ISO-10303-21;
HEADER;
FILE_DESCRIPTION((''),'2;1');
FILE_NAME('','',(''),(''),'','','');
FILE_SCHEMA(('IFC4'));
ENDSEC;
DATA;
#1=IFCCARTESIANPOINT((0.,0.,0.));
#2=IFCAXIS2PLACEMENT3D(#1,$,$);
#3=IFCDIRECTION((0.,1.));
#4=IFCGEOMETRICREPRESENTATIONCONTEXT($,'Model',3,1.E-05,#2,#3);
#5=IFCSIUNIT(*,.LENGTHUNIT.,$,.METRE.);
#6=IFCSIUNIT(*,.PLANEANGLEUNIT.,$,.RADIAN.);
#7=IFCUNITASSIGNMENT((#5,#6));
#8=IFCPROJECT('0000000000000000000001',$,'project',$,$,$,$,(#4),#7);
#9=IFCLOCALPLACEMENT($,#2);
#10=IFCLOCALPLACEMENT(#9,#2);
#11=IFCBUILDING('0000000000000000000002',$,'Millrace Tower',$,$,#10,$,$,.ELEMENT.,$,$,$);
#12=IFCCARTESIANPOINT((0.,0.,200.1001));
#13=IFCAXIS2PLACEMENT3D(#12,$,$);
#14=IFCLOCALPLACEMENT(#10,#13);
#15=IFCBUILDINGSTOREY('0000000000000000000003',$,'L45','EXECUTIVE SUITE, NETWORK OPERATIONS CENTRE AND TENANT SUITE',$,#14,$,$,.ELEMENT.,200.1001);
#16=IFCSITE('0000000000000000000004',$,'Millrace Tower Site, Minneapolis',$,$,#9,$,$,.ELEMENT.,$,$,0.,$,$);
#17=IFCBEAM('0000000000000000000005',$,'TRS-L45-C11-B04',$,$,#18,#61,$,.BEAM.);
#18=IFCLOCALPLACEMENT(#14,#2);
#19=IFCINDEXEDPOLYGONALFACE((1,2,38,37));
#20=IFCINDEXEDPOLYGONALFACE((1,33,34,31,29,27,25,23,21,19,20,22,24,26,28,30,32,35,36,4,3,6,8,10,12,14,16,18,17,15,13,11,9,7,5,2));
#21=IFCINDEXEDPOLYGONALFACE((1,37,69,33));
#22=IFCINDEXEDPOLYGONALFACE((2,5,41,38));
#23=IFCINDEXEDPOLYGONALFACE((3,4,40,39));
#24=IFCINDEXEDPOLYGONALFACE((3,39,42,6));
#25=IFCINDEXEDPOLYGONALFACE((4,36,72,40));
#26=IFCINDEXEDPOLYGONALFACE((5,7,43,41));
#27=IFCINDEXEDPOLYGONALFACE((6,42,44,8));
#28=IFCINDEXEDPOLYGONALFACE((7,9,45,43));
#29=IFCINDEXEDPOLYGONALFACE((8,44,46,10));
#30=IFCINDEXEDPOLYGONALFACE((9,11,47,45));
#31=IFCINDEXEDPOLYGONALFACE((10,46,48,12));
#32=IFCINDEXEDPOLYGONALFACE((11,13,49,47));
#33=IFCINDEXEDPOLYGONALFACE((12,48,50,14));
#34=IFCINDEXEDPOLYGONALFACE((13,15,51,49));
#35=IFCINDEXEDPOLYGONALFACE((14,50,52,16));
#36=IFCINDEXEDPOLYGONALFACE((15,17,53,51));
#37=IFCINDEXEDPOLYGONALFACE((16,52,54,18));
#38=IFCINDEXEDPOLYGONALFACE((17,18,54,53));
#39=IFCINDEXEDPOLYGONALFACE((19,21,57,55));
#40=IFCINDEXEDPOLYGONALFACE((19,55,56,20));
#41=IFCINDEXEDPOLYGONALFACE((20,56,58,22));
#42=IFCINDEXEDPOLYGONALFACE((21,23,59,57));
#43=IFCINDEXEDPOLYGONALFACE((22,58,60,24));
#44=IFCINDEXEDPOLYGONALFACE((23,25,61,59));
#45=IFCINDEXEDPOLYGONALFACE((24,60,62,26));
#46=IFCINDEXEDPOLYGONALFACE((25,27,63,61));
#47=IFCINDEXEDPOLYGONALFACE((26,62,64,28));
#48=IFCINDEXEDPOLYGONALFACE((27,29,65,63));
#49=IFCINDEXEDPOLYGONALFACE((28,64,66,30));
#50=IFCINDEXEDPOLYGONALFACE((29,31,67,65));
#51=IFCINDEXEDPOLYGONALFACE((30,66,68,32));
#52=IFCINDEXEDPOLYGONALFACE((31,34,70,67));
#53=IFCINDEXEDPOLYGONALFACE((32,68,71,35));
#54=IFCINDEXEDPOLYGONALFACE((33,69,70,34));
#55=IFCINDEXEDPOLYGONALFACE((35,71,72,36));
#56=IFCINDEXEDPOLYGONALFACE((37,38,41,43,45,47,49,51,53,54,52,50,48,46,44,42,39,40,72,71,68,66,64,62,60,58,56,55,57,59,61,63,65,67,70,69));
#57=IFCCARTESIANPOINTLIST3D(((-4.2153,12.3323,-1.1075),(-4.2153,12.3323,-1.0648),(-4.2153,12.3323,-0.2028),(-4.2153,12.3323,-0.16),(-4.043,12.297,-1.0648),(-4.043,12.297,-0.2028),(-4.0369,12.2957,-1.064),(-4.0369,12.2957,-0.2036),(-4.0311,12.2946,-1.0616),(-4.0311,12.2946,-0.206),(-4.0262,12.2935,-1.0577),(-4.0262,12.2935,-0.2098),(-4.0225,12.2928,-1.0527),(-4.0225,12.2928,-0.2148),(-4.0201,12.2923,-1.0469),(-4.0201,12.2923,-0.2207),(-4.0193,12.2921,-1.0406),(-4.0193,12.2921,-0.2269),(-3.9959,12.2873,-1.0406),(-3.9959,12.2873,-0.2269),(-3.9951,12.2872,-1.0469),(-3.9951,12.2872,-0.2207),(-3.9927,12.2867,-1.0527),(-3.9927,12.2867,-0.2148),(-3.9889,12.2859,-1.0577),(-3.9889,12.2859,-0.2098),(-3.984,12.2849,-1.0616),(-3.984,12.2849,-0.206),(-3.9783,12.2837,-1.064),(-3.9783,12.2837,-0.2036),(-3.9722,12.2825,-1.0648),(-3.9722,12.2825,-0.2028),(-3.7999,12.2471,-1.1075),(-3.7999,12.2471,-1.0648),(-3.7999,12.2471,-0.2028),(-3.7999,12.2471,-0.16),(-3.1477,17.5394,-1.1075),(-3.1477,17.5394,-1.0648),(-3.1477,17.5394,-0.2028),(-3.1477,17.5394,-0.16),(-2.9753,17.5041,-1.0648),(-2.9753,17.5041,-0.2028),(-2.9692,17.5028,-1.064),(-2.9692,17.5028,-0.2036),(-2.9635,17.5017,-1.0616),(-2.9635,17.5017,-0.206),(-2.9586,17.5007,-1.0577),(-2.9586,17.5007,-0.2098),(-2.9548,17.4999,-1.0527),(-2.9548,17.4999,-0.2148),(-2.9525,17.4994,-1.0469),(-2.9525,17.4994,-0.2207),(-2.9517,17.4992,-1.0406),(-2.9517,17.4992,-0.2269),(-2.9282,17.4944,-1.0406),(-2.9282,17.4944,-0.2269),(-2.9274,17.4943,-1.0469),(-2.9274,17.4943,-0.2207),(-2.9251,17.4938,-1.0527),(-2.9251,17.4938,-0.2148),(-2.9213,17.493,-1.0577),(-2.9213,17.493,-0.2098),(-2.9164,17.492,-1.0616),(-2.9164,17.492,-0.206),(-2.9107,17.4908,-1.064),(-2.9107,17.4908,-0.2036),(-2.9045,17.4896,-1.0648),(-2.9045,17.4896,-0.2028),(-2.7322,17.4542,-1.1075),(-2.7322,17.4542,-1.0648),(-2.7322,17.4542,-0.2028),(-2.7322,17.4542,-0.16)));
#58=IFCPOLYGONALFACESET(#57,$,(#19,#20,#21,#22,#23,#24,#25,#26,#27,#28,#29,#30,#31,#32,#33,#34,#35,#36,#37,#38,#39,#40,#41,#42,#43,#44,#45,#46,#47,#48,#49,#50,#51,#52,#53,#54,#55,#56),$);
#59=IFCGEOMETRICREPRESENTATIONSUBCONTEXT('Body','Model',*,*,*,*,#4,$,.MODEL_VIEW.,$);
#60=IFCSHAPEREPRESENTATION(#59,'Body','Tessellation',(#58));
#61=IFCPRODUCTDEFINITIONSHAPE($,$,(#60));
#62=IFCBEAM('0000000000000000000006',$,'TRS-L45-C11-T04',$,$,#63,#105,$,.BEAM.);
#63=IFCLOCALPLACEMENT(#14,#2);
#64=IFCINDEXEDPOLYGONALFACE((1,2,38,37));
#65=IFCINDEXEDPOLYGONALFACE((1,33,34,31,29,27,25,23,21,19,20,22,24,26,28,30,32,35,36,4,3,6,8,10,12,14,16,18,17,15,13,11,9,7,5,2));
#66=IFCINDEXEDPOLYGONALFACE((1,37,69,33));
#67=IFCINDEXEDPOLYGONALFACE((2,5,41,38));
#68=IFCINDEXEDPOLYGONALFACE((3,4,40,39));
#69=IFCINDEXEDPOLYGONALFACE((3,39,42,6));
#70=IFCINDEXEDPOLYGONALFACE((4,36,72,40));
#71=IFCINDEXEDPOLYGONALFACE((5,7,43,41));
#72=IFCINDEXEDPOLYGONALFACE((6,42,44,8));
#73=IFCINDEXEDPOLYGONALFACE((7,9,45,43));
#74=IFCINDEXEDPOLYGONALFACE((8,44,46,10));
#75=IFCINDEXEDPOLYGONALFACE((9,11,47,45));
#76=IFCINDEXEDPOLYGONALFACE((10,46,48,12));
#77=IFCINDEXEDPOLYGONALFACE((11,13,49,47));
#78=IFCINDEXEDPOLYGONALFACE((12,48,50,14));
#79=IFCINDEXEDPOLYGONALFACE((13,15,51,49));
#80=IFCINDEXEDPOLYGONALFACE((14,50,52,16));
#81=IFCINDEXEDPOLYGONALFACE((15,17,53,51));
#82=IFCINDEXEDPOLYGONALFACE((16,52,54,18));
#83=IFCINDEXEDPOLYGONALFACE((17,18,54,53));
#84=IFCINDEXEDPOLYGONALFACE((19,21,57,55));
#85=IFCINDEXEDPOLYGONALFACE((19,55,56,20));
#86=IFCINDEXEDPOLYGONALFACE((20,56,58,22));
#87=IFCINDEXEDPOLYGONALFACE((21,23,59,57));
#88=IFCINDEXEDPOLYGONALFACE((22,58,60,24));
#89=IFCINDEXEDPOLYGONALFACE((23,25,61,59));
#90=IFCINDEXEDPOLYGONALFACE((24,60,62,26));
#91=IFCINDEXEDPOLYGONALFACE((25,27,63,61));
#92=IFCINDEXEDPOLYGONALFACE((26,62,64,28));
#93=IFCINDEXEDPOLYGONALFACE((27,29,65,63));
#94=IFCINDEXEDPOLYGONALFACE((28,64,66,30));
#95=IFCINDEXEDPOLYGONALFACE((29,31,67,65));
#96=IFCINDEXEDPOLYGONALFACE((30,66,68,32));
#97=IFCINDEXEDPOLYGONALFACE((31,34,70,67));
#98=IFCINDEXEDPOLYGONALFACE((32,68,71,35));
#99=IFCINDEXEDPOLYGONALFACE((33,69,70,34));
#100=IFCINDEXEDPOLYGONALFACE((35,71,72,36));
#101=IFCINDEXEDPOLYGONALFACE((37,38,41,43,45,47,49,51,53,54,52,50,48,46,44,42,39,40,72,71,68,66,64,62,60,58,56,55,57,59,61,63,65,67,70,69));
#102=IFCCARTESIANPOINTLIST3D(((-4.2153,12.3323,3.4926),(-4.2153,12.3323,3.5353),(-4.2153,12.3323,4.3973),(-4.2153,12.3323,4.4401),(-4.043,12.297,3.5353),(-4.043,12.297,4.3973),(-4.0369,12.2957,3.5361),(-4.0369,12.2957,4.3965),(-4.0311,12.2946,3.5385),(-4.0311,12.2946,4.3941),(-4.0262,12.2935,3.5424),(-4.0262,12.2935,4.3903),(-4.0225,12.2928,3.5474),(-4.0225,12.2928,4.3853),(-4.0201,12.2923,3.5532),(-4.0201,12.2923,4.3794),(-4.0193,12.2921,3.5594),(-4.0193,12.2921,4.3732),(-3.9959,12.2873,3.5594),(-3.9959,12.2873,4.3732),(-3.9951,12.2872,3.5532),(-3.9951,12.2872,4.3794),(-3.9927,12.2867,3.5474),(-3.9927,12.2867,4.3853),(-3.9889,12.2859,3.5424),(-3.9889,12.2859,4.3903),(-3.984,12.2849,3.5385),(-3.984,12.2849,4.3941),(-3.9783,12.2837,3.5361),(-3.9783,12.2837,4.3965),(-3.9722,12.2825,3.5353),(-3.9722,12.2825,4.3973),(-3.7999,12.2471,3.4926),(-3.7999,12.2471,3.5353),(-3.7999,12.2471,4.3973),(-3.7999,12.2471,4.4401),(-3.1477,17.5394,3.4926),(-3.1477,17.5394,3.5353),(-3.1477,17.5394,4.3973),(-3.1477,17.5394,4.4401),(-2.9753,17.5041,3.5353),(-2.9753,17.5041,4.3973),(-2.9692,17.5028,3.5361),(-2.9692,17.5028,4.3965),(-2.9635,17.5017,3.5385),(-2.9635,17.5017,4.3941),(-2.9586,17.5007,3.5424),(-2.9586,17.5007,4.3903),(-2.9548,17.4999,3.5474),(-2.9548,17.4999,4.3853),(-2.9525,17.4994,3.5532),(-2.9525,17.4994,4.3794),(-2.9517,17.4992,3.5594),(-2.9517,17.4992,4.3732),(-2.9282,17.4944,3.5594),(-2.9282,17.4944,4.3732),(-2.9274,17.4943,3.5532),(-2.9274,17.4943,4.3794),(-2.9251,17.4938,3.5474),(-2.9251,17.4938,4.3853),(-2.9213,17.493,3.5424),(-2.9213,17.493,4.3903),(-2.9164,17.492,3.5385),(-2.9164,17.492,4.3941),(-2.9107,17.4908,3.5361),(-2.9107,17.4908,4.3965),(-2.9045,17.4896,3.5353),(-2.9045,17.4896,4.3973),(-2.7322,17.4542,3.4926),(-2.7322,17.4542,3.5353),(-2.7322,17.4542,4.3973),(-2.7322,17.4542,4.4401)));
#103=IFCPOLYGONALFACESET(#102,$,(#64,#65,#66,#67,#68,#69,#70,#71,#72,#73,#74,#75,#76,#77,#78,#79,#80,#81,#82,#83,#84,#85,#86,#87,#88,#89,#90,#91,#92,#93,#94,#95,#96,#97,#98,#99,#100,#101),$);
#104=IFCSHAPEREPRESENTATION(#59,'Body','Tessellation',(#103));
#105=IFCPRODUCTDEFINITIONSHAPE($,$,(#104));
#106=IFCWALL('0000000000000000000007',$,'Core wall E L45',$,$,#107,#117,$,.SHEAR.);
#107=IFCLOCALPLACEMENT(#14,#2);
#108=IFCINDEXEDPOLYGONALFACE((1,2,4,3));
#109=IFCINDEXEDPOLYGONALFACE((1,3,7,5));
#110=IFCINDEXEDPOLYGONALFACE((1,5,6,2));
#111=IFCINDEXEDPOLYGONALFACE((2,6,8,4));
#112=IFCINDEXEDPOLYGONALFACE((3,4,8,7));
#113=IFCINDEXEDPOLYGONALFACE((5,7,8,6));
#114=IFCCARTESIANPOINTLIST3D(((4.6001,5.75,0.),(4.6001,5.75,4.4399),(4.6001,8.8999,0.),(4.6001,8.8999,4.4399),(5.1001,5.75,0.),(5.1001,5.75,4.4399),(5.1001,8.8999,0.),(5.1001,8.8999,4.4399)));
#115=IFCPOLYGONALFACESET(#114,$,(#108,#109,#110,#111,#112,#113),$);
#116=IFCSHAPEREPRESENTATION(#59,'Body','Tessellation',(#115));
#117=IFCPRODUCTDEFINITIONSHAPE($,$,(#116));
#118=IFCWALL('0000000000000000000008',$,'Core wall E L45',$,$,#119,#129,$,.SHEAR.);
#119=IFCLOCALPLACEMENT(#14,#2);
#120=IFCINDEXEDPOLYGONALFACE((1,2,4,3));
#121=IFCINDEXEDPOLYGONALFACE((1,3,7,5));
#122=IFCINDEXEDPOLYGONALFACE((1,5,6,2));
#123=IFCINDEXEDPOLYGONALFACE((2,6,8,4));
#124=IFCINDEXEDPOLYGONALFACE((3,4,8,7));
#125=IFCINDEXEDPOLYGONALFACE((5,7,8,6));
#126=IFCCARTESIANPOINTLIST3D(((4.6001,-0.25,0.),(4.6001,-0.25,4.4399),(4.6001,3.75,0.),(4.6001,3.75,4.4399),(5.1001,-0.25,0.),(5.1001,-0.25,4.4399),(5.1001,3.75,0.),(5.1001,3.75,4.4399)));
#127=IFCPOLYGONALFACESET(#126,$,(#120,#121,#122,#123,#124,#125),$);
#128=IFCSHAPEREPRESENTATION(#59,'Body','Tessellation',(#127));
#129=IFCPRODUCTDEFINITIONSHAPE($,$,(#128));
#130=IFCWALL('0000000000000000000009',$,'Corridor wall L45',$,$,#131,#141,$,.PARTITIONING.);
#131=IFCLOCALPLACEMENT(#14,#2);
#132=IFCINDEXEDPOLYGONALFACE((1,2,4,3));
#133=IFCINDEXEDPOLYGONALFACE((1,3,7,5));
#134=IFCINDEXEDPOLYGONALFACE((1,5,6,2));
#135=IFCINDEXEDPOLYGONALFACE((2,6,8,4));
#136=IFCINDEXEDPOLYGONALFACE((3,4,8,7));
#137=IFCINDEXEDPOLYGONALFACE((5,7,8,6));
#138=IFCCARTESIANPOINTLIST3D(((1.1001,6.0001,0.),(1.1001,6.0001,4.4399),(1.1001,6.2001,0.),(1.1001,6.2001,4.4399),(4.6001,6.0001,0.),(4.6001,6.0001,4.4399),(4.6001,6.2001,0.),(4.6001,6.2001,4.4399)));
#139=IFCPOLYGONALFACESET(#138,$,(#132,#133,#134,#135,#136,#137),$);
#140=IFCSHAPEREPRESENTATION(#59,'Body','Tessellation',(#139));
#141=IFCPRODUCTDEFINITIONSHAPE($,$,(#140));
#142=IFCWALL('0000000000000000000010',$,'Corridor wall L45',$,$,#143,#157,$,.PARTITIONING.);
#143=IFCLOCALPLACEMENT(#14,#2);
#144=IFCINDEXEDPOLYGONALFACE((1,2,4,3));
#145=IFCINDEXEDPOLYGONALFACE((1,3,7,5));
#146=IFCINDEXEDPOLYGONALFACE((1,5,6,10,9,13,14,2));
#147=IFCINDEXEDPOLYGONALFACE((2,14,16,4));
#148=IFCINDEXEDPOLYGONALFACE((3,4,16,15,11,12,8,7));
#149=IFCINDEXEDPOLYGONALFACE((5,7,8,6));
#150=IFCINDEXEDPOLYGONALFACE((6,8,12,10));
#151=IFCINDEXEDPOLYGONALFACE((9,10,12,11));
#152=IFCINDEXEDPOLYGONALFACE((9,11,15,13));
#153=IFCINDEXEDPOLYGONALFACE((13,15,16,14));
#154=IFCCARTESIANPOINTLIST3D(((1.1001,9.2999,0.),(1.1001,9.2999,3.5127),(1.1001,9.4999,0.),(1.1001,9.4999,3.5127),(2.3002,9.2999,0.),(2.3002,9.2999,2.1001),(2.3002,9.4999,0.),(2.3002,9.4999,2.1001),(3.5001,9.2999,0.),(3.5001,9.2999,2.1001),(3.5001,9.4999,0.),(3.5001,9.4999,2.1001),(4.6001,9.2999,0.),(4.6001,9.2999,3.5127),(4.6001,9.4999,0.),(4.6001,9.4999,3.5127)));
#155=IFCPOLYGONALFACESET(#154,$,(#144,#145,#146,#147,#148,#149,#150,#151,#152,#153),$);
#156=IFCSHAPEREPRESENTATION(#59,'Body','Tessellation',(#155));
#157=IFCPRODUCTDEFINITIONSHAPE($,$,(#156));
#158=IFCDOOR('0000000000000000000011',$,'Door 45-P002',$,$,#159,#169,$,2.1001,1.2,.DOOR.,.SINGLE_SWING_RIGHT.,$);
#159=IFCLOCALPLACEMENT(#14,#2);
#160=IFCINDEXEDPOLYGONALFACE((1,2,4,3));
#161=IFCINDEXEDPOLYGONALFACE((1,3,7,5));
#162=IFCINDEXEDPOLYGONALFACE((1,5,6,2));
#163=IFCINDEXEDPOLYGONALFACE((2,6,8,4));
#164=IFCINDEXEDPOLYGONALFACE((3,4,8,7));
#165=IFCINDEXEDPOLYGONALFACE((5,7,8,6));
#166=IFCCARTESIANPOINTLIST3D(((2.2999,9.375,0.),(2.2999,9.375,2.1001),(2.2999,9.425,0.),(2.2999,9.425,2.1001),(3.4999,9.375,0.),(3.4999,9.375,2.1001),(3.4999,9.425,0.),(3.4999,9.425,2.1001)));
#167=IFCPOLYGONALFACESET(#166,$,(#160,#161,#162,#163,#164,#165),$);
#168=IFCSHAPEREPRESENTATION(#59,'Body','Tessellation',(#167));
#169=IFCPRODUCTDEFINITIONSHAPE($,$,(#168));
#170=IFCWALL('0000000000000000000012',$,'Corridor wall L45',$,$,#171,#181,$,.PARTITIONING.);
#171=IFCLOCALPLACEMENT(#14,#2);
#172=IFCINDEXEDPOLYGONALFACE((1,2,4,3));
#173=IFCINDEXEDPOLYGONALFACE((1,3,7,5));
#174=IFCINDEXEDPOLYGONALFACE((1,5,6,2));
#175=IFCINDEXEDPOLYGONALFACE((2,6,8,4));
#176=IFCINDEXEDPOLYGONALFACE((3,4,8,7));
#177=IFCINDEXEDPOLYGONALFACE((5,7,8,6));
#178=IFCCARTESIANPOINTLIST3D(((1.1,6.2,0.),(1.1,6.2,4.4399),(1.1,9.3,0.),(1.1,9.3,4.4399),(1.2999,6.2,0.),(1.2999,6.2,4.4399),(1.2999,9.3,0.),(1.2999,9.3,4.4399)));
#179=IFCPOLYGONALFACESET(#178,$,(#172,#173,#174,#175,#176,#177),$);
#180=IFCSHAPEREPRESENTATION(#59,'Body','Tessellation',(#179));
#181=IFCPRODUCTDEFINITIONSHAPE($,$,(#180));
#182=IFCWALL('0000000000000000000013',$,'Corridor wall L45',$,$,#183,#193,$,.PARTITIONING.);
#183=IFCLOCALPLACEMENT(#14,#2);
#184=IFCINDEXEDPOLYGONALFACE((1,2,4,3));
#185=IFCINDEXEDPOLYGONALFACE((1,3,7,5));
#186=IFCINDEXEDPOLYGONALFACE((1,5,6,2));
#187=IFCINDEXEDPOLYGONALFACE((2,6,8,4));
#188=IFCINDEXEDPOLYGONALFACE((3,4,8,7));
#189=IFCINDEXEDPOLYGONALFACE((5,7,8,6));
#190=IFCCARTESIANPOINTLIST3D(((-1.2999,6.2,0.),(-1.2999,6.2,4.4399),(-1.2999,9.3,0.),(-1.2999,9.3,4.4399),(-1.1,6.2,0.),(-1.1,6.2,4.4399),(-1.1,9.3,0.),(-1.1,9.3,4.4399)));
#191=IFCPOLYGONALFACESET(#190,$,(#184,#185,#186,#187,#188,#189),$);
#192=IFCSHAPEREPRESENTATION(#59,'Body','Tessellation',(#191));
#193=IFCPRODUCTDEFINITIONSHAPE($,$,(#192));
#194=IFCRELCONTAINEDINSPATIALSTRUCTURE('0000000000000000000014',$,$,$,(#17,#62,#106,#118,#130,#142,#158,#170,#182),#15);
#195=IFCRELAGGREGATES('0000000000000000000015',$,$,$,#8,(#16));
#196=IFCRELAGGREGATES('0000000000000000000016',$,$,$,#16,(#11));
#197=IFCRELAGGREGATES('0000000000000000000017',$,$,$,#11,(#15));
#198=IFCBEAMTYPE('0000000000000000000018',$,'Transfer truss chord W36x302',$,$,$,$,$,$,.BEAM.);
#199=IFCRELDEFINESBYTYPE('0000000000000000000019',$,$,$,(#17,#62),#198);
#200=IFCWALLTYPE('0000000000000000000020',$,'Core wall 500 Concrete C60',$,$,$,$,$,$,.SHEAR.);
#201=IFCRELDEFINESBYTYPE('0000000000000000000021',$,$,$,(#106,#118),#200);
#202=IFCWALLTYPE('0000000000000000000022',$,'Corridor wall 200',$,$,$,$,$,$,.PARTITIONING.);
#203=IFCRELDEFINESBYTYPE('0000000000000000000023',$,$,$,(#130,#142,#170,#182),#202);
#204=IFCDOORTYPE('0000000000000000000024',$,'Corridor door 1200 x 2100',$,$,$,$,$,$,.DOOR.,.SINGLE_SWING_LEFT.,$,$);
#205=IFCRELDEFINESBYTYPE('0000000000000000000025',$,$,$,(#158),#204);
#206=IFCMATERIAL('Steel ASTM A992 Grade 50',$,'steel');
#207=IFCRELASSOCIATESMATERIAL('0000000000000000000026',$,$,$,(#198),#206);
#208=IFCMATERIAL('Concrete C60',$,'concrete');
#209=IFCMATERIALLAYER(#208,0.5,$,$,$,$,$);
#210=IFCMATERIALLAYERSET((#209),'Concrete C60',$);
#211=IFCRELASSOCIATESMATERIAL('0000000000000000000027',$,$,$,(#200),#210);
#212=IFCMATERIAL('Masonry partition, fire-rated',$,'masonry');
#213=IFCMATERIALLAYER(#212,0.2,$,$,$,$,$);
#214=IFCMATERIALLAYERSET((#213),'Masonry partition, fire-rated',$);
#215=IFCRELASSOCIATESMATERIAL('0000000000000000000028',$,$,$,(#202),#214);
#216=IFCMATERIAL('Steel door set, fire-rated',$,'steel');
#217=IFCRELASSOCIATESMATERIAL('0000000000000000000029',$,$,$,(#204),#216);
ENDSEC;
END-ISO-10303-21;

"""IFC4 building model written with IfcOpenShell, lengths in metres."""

from ifc_helpers import new_model, si_unit, direction, frame, frame_2d, origin, origin_2d, place, context, subcontext, project, spatial, rectangle, i_section, extrude, material, layer, layer_set, material_profile, profile_set, type_object, element, fill, save


model = new_model("IFC4")

# Units and contexts
model_context = context("Model", 3, precision=1e-05, world=origin(), true_north=direction((0.0, 1.0)))
body_context = subcontext(model_context, "Body", "Model", "MODEL_VIEW")
ifc_project = project(units=[si_unit("LENGTHUNIT", "METRE"), si_unit("PLANEANGLEUNIT", "RADIAN")], contexts=[model_context])

# Site, building, storey
site_placement = place(None, origin())
site = spatial("IfcSite", under=ifc_project, at=site_placement, Name="Millrace Tower Site, Minneapolis", CompositionType="ELEMENT", RefElevation=0.0)
building_placement = place(site_placement, origin())
building = spatial("IfcBuilding", under=site, at=building_placement, Name="Millrace Tower", CompositionType="ELEMENT")
storey_placement = place(building_placement, frame((0.0, 0.0, 200.1001)))
storey = spatial("IfcBuildingStorey", under=building, at=storey_placement, Name="L45", Description="EXECUTIVE SUITE, NETWORK OPERATIONS CENTRE AND TENANT SUITE", CompositionType="ELEMENT", Elevation=200.1001)

# Beams
ifc_material_1 = material(Name="Steel ASTM A992 Grade 50", Category="steel")
ifc_material_profile_1 = material_profile(ifc_material_1, i_section(OverallWidth=0.4241, OverallDepth=0.9475, WebThickness=0.0239, FlangeThickness=0.0427, FilletRadius=0.0242, at=origin_2d()))
ifc_profile_set_1 = profile_set([ifc_material_profile_1], Name="Steel ASTM A992 Grade 50")
beam_type_1 = type_object("IfcBeamType", Name="Transfer truss chord W36x302", PredefinedType="BEAM", material=ifc_profile_set_1)
for number, where, z_axis, x_axis, name in (
    (1, (-2.9399, 17.4968, -0.6338), (-0.200857, -0.979621, 0.0), (0.979621, -0.200857, 0.0), "TRS-L45-C11-B04"),
    (2, (-2.9399, 17.4968, 3.9663), (-0.200857, -0.979621, 0.0), (0.979621, -0.200857, 0.0), "TRS-L45-C11-T04"),
):
    element("IfcBeam", number, at=place(storey_placement, frame(where, z_axis=z_axis, x_axis=x_axis)), inside=storey, type_object=beam_type_1, Name=name, PredefinedType="BEAM", context=body_context, shape_type="SweptSolid", body=[
        extrude(i_section(OverallWidth=0.4241, OverallDepth=0.9475, WebThickness=0.0239, FlangeThickness=0.0427, FilletRadius=0.0242, at=origin_2d()), origin(), (0.0, 0.0, 1.0), 5.3154),
    ])

# Walls
ifc_material_2 = material(Name="Concrete C60", Category="concrete")
ifc_layer_1 = layer(ifc_material_2, 0.5)
ifc_layer_set_1 = layer_set([ifc_layer_1], Name="Concrete C60")
wall_type_1 = type_object("IfcWallType", Name="Core wall 500 Concrete C60", PredefinedType="SHEAR", material=ifc_layer_set_1)
wall_1_placement = place(storey_placement, frame((4.8501, 8.8999, 0.0), z_axis=(0.0, 0.0, 1.0), x_axis=(0.0, -1.0, 0.0)))
element("IfcWall", 3, at=wall_1_placement, inside=storey, type_object=wall_type_1, Name="Core wall E L45", PredefinedType="SHEAR", context=body_context, shape_type="SweptSolid", body=[
    extrude(rectangle(XDim=3.1499, YDim=0.5, at=frame_2d((1.575, 0.0))), origin(), (0.0, 0.0, 1.0), 4.4399),
])
wall_2_placement = place(storey_placement, frame((4.8501, 3.75, 0.0), z_axis=(0.0, 0.0, 1.0), x_axis=(0.0, -1.0, 0.0)))
element("IfcWall", 4, at=wall_2_placement, inside=storey, type_object=wall_type_1, Name="Core wall E L45", PredefinedType="SHEAR", context=body_context, shape_type="SweptSolid", body=[
    extrude(rectangle(XDim=4.0, YDim=0.5, at=frame_2d((2.0, 0.0))), origin(), (0.0, 0.0, 1.0), 4.4399),
])
ifc_material_3 = material(Name="Masonry partition, fire-rated", Category="masonry")
ifc_layer_2 = layer(ifc_material_3, 0.2)
ifc_layer_set_2 = layer_set([ifc_layer_2], Name="Masonry partition, fire-rated")
wall_type_2 = type_object("IfcWallType", Name="Corridor wall 200", PredefinedType="PARTITIONING", material=ifc_layer_set_2)
wall_3_placement = place(storey_placement, frame((1.1001, 6.1001, 0.0), z_axis=(0.0, 0.0, 1.0), x_axis=(1.0, 0.0, 0.0)))
element("IfcWall", 5, at=wall_3_placement, inside=storey, type_object=wall_type_2, Name="Corridor wall L45", PredefinedType="PARTITIONING", context=body_context, shape_type="SweptSolid", body=[
    extrude(rectangle(XDim=3.5, YDim=0.2, at=frame_2d((1.75, 0.0))), origin(), (0.0, 0.0, 1.0), 4.4399),
])

# Wall, opening, door
wall_4_placement = place(storey_placement, frame((1.1001, 9.3999, 0.0), z_axis=(0.0, 0.0, 1.0), x_axis=(1.0, 0.0, 0.0)))
wall_4 = element("IfcWall", 6, at=wall_4_placement, inside=storey, type_object=wall_type_2, Name="Corridor wall L45", PredefinedType="PARTITIONING", context=body_context, shape_type="SweptSolid", body=[
    extrude(rectangle(XDim=3.5, YDim=0.2, at=frame_2d((1.75, 0.0))), origin(), (0.0, 0.0, 1.0), 3.5127),
])
opening_1_placement = place(wall_4_placement, frame((1.2, 0.0, 0.0)))
opening_1 = element("IfcOpeningElement", 7, at=opening_1_placement, cuts=wall_4, PredefinedType="OPENING", context=body_context, shape_type="SweptSolid", body=[
    extrude(rectangle(XDim=1.2, YDim=2.1001, at=frame_2d((0.6001, 1.05))), frame((0.0, 0.1099, 0.0), z_axis=(0.0, -1.0, 0.0), x_axis=(1.0, 0.0, 0.0)), (0.0, 0.0, 1.0), 0.22),
])
ifc_material_4 = material(Name="Steel door set, fire-rated", Category="steel")
door_type_1 = type_object("IfcDoorType", Name="Corridor door 1200 x 2100", OperationType="SINGLE_SWING_LEFT", PredefinedType="DOOR", material=ifc_material_4)
door_1_placement = place(opening_1_placement, frame((1.2, 0.0, 0.0), z_axis=(0.0, 0.0, 1.0), x_axis=(-1.0, 0.0, 0.0)))
door_1 = element("IfcDoor", 8, at=door_1_placement, inside=storey, type_object=door_type_1, Name="Door 45-P002", OperationType="SINGLE_SWING_RIGHT", OverallHeight=2.1001, OverallWidth=1.2, PredefinedType="DOOR", context=body_context, shape_type="SweptSolid", body=[
    extrude(rectangle(XDim=1.2, YDim=2.1001, at=frame_2d((0.6001, 1.05))), frame((0.0, 0.0249, 0.0), z_axis=(0.0, -1.0, 0.0), x_axis=(1.0, 0.0, 0.0)), (0.0, 0.0, 1.0), 0.05),
])
fill(opening_1, door_1)

# Walls
for number, where, z_axis, x_axis, name in (
    (9, (1.2, 6.2, 0.0), (0.0, 0.0, 1.0), (0.0, 1.0, 0.0), "Corridor wall L45"),
    (10, (-1.2, 6.2, 0.0), (0.0, 0.0, 1.0), (0.0, 1.0, 0.0), "Corridor wall L45"),
):
    element("IfcWall", number, at=place(storey_placement, frame(where, z_axis=z_axis, x_axis=x_axis)), inside=storey, type_object=wall_type_2, Name=name, PredefinedType="PARTITIONING", context=body_context, shape_type="SweptSolid", body=[
        extrude(rectangle(XDim=3.1001, YDim=0.2, at=frame_2d((1.55, 0.0))), origin(), (0.0, 0.0, 1.0), 4.4399),
    ])

save(model, "model.ifc")
